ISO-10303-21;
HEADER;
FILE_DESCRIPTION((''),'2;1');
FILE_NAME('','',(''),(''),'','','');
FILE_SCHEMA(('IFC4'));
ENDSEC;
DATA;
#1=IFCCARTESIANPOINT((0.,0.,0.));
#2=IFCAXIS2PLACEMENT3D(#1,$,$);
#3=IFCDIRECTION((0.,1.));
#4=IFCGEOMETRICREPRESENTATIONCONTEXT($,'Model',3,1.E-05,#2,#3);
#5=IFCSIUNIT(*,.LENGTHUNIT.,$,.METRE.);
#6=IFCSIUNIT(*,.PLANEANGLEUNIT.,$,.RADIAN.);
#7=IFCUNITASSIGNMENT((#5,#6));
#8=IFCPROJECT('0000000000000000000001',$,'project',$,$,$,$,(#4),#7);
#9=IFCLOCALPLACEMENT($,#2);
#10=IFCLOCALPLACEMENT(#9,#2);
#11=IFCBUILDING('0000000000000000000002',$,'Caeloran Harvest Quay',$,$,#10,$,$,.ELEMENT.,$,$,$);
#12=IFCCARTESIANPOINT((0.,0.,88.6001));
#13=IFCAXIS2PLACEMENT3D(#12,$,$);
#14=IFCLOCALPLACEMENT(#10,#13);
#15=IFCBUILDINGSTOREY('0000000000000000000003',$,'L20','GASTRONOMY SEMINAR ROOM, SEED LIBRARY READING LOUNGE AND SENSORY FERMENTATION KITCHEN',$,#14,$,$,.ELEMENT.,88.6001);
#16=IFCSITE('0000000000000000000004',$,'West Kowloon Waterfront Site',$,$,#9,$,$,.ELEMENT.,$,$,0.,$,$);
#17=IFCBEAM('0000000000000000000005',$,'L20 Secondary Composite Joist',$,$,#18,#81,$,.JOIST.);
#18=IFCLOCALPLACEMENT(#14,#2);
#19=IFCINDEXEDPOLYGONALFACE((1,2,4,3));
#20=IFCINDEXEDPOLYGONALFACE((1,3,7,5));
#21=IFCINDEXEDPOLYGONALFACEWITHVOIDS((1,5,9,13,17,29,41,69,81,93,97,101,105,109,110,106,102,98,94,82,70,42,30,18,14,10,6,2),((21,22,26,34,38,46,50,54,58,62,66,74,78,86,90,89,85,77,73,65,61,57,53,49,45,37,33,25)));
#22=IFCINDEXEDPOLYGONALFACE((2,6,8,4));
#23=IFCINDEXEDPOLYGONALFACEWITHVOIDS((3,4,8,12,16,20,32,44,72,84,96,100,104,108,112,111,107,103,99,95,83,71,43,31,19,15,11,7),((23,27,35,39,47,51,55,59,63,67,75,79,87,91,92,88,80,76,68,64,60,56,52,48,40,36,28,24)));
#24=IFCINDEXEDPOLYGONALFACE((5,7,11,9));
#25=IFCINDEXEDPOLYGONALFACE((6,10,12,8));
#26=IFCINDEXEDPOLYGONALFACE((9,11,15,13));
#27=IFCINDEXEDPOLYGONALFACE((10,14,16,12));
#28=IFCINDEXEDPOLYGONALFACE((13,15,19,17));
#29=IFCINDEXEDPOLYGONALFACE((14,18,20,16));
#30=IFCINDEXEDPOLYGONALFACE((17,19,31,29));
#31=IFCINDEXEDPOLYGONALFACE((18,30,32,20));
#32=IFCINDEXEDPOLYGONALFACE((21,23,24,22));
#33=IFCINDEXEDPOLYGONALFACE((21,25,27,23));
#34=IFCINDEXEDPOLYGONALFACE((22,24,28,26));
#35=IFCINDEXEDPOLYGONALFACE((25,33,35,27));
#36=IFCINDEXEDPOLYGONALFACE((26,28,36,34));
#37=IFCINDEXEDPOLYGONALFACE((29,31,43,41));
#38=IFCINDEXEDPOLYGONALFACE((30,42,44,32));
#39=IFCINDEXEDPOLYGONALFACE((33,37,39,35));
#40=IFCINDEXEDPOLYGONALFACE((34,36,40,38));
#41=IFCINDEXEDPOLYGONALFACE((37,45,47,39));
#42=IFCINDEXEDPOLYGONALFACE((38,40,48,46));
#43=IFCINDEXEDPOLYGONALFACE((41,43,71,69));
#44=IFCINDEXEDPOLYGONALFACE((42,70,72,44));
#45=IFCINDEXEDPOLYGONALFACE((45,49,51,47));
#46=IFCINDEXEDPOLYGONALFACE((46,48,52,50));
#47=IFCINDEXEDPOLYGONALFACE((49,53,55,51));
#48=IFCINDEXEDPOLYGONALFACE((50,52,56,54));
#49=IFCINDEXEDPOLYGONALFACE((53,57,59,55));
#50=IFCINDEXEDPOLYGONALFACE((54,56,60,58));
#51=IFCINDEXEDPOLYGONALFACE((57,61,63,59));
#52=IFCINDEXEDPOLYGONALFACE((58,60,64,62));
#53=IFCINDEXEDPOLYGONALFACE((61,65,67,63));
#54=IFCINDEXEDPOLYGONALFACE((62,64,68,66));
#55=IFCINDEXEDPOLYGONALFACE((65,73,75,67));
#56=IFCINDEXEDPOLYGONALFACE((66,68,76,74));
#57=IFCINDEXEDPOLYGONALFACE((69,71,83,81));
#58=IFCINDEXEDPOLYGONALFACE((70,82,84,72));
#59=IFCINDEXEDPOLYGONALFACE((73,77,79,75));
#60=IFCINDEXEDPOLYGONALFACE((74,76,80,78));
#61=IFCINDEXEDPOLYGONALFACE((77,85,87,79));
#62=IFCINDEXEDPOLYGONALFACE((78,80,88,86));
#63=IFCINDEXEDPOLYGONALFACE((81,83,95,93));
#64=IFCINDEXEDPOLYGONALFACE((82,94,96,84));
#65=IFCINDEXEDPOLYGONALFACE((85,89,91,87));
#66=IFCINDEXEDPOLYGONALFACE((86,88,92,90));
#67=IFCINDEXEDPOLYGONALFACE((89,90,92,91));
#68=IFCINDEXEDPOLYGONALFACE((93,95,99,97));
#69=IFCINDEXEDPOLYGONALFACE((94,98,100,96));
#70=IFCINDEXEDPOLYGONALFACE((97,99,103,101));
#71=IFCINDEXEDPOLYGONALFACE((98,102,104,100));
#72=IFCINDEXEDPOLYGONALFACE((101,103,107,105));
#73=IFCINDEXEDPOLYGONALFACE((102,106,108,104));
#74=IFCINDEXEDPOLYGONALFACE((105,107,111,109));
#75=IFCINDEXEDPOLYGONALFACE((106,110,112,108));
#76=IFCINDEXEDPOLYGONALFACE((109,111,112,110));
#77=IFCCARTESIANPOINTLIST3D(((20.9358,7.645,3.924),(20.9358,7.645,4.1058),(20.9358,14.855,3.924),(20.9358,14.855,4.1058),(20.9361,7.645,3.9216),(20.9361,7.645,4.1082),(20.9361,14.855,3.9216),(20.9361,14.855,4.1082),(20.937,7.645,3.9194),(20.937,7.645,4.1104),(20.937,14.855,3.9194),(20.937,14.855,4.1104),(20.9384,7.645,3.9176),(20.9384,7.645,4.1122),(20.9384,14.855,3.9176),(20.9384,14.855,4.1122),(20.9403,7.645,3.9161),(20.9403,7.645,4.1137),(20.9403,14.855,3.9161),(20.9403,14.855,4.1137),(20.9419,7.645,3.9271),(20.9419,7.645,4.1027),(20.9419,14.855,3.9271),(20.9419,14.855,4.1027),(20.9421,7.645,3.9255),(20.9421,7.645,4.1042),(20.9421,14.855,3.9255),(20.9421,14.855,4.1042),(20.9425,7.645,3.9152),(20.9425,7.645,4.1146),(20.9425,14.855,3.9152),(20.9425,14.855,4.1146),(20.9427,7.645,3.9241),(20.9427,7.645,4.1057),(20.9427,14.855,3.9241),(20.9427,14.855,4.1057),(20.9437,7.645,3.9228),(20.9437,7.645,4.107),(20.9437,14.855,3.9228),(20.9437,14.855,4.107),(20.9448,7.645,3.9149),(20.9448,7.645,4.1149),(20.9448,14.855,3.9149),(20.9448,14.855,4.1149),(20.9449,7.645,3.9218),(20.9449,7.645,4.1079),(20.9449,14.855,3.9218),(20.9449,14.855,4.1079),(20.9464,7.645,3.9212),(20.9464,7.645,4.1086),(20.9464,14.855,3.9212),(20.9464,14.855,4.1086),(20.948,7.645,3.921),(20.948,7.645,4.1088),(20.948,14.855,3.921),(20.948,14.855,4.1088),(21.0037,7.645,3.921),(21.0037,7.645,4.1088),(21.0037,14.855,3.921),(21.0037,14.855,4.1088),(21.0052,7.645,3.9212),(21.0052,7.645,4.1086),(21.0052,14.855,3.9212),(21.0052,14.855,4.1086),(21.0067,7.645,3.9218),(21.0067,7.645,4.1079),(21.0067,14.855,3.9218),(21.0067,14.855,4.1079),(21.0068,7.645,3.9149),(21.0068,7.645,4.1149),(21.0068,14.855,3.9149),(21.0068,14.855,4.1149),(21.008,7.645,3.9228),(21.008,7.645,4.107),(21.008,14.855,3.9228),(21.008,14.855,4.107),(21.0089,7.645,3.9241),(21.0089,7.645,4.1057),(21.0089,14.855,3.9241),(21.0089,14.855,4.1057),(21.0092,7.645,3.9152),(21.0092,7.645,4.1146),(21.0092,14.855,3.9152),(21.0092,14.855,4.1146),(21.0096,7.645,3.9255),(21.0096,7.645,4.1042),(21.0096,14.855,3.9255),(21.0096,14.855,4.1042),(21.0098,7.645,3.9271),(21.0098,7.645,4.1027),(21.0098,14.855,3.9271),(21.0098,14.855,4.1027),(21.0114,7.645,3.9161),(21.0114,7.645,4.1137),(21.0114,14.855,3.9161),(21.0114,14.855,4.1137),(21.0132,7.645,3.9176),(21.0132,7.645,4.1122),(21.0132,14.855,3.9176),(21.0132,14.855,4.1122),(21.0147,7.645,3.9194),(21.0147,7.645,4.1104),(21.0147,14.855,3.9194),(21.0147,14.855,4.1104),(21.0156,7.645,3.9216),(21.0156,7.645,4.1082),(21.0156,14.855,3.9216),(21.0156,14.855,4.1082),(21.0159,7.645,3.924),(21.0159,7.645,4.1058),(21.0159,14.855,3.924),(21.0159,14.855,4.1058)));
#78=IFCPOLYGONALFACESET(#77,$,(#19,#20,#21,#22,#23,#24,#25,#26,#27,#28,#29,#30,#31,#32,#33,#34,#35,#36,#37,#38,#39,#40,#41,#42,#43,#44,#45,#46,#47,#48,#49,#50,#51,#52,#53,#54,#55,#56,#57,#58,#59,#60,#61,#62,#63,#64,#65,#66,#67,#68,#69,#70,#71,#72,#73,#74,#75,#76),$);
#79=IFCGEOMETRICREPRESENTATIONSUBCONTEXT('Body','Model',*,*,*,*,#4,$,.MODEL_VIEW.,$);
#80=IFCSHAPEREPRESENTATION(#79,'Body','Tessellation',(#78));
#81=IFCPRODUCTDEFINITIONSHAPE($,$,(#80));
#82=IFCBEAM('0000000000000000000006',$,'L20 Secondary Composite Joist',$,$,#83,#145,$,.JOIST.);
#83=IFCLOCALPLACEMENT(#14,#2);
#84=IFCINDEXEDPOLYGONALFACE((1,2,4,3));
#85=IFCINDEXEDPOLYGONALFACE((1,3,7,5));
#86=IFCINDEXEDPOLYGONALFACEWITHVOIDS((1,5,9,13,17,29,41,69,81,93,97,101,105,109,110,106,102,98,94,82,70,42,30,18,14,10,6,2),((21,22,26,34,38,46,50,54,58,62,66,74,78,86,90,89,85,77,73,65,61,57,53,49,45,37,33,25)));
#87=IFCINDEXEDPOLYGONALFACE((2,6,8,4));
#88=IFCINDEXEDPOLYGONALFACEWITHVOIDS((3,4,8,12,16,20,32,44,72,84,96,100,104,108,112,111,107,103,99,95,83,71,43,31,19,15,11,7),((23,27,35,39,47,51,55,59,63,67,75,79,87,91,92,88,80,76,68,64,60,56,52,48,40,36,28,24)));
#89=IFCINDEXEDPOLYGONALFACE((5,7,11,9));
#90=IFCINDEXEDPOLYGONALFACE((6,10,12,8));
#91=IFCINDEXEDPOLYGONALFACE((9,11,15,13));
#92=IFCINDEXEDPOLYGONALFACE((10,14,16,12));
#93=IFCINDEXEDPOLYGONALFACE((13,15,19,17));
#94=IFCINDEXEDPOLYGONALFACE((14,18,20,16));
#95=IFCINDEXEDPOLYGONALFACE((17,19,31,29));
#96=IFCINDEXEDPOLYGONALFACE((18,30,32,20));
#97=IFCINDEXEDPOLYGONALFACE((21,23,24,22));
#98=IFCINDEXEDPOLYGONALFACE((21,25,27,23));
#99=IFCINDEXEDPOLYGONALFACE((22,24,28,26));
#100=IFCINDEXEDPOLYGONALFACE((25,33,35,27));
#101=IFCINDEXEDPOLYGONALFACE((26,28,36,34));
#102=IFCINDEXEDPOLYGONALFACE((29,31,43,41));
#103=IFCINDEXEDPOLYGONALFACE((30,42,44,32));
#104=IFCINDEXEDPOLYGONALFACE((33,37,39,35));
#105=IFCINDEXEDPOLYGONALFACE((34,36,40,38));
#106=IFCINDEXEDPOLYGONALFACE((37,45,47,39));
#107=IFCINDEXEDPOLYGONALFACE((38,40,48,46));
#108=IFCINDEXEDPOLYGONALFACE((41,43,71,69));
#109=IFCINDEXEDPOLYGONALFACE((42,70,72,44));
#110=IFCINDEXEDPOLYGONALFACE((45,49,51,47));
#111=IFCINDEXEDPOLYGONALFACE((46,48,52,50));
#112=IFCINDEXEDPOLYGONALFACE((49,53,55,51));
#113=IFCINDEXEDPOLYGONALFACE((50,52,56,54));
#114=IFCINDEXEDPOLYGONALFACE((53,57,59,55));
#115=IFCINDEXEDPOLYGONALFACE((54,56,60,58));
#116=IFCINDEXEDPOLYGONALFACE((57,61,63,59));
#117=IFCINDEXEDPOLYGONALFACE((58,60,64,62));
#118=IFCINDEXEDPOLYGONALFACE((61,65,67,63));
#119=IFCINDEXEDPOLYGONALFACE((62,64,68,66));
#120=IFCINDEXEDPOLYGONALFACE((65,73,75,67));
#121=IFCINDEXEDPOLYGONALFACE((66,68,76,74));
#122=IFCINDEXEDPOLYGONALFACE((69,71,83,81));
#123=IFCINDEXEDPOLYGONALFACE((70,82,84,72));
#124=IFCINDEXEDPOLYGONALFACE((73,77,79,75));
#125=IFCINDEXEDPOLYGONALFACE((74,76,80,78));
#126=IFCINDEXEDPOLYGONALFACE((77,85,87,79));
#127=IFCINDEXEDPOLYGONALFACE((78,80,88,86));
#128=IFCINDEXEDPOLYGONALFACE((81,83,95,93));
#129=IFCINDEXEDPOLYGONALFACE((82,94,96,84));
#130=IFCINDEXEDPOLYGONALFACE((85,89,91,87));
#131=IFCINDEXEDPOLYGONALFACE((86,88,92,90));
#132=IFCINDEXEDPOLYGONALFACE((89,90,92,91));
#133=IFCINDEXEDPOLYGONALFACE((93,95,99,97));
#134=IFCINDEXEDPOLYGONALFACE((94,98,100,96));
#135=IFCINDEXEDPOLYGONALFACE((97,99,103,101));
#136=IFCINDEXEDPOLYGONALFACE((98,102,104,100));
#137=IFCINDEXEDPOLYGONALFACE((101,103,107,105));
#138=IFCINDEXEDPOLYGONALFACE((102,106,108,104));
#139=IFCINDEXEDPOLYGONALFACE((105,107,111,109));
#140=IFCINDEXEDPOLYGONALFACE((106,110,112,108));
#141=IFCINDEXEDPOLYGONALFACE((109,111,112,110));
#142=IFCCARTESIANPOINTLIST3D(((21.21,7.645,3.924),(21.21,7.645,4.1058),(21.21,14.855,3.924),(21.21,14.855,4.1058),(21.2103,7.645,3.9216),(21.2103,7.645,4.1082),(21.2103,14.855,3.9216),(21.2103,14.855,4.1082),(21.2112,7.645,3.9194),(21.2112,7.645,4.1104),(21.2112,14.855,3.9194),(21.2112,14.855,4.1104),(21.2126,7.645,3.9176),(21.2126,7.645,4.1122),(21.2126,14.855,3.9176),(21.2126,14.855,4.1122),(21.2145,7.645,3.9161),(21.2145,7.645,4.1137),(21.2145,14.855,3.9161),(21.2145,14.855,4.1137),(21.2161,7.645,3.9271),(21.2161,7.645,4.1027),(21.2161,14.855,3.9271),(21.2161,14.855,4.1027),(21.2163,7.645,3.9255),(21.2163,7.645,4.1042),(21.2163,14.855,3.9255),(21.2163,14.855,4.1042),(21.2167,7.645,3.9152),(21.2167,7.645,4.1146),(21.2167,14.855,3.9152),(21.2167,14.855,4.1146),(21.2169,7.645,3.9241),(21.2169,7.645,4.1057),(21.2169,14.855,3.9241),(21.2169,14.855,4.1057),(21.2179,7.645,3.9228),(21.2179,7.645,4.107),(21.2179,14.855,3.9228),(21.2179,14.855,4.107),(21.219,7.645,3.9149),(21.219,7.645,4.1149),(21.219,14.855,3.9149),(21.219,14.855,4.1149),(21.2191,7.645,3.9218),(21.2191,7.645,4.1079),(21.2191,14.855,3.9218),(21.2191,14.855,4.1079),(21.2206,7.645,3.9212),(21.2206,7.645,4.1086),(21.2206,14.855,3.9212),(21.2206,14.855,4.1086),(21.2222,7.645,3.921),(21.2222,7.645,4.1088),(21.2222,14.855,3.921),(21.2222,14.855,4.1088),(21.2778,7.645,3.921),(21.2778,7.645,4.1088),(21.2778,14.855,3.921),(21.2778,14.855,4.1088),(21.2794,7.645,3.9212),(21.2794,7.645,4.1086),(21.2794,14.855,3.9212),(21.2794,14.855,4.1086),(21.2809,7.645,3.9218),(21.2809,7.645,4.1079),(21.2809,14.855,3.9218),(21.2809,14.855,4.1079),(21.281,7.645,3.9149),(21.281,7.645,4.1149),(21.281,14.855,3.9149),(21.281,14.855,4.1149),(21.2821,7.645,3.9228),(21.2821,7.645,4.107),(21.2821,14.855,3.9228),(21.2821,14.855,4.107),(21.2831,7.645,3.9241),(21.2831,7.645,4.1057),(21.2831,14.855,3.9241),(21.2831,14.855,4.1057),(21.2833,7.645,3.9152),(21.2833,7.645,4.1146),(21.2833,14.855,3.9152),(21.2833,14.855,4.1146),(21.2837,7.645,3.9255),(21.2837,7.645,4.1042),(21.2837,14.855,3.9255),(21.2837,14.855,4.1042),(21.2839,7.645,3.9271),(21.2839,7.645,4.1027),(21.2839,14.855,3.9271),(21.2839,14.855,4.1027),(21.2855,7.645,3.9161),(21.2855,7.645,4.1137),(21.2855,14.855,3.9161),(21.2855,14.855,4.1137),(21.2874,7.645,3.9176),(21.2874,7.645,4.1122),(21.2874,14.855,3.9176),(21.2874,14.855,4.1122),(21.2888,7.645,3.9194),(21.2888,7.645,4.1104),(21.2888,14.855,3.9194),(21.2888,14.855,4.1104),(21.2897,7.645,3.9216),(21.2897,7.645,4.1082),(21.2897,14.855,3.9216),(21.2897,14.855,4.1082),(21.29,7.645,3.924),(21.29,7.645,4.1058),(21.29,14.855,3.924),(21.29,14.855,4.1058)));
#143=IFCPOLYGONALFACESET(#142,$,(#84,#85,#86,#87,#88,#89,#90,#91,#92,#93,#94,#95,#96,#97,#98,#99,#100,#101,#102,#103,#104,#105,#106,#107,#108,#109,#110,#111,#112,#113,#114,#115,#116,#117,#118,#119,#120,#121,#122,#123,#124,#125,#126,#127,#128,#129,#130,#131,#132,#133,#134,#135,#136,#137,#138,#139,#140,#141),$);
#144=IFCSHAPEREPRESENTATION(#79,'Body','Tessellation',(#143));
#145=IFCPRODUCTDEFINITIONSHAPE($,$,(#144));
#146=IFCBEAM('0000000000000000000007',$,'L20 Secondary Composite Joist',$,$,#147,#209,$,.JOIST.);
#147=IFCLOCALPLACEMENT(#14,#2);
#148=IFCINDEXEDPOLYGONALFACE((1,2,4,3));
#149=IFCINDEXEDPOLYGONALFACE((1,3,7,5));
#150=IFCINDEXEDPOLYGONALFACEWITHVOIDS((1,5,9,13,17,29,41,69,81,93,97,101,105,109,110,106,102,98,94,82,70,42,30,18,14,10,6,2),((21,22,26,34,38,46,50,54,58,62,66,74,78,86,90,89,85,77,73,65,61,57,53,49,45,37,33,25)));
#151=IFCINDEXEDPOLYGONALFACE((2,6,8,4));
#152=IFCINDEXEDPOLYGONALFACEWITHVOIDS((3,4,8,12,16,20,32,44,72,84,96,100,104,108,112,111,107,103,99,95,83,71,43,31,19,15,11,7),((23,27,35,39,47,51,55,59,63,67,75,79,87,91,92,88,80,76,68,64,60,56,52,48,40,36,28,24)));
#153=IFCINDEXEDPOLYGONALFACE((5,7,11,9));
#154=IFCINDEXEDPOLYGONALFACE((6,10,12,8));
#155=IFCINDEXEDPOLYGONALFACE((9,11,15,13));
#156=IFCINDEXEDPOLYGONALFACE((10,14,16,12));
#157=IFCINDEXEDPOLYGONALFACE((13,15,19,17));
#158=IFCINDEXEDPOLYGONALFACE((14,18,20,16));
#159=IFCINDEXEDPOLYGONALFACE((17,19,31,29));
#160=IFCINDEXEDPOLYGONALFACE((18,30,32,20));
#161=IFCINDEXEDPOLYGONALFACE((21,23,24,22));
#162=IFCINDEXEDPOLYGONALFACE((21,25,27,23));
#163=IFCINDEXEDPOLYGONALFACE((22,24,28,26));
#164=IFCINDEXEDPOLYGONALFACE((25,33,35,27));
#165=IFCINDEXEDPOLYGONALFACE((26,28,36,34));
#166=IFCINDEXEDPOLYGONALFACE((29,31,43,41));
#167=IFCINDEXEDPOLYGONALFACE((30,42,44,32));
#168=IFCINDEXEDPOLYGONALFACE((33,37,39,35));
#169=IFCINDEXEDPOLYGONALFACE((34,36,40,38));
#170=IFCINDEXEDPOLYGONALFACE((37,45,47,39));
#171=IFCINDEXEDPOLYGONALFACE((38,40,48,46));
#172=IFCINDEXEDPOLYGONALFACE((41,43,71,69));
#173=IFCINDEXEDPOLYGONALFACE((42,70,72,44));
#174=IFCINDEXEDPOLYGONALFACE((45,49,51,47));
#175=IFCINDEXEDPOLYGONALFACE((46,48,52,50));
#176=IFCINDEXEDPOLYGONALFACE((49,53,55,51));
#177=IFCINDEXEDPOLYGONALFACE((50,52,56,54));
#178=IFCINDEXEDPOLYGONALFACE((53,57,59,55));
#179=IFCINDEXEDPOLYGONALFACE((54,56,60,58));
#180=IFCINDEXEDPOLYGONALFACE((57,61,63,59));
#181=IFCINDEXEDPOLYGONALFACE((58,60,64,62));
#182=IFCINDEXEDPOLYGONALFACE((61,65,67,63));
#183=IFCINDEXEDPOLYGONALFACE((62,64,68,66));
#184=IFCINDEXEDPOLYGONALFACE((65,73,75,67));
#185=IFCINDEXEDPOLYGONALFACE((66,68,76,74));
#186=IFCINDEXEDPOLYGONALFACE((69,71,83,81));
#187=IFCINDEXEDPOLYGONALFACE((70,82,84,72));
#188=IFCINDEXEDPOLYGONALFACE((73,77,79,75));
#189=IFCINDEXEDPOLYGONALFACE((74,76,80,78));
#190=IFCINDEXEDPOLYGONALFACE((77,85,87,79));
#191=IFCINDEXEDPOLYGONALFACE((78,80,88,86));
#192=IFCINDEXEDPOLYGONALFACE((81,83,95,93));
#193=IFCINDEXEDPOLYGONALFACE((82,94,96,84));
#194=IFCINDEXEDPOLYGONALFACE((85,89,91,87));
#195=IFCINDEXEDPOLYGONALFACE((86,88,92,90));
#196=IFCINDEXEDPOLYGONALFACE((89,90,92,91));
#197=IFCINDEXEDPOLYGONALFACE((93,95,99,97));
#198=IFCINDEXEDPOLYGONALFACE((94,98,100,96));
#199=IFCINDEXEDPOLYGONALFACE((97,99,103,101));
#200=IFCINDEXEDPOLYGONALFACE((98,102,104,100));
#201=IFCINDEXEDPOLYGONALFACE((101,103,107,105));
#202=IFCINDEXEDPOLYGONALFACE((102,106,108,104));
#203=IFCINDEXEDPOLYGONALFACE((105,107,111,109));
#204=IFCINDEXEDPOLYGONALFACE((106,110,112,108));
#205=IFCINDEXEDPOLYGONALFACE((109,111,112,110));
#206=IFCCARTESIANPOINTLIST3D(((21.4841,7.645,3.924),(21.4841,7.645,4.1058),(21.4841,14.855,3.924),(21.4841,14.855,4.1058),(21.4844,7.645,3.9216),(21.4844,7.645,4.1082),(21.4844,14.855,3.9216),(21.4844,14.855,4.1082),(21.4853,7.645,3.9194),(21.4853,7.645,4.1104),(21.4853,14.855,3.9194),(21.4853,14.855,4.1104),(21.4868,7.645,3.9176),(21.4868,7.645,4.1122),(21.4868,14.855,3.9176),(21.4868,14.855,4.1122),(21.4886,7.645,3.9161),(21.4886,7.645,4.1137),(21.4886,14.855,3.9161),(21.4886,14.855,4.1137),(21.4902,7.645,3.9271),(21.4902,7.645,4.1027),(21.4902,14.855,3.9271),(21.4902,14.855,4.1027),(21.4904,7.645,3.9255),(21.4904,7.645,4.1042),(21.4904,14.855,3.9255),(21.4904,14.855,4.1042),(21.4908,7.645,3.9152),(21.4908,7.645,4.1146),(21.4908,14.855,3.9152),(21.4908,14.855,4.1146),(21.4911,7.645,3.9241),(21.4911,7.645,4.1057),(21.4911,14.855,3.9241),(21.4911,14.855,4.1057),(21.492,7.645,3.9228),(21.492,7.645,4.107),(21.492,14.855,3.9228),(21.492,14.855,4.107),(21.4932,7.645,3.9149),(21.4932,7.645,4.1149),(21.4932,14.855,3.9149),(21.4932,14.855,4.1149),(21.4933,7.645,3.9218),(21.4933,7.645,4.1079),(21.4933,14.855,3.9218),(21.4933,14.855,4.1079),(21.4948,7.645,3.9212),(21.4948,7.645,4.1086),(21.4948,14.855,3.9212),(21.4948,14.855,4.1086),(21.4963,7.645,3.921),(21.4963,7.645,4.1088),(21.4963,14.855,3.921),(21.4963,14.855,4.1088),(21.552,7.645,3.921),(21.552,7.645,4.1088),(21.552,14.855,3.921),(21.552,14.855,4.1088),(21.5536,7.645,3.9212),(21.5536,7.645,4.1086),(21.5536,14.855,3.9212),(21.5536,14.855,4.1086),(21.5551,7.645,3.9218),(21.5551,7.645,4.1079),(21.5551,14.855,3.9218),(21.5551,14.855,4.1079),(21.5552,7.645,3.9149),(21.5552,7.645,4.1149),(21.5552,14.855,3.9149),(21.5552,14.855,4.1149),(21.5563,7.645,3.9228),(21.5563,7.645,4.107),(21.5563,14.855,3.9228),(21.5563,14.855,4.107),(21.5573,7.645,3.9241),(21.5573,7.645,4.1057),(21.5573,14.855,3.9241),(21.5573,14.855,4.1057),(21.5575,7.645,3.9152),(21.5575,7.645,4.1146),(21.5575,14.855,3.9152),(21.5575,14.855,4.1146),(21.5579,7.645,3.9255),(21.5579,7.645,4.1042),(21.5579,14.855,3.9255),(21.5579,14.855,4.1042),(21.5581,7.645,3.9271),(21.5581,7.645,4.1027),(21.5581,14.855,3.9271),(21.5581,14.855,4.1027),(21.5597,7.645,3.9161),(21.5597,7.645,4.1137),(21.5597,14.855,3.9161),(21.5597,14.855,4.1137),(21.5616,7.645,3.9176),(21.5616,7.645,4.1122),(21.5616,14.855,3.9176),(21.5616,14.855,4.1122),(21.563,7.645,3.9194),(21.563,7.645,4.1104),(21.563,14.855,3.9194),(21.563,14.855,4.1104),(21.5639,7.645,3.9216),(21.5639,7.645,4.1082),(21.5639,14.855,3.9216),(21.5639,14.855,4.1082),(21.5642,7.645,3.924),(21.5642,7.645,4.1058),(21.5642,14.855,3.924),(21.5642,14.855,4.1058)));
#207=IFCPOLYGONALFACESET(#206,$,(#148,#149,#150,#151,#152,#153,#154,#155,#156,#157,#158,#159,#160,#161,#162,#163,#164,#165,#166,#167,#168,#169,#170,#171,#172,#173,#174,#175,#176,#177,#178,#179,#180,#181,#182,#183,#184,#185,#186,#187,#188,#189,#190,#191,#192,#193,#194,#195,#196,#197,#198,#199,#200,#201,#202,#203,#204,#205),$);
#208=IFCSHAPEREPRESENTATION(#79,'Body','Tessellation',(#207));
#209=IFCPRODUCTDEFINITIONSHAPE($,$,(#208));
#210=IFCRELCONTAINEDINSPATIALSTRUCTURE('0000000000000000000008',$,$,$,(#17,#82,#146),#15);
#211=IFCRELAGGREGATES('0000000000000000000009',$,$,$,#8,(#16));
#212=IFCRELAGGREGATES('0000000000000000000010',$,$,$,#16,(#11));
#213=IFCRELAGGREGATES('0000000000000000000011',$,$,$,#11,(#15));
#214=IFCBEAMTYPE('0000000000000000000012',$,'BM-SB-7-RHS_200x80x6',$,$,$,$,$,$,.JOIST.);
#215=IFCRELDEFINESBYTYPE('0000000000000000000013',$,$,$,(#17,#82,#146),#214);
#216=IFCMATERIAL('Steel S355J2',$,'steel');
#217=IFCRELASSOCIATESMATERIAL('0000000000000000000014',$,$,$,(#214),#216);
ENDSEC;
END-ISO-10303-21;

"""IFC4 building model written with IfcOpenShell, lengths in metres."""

from ifc_helpers import new_model, si_unit, direction, frame, origin, origin_2d, place, context, subcontext, project, spatial, hollow_rectangle, extrude, material, material_profile, profile_set, type_object, element, save


model = new_model("IFC4")

# Units and contexts
model_context = context("Model", 3, precision=1e-05, world=origin(), true_north=direction((0.0, 1.0)))
body_context = subcontext(model_context, "Body", "Model", "MODEL_VIEW")
ifc_project = project(units=[si_unit("LENGTHUNIT", "METRE"), si_unit("PLANEANGLEUNIT", "RADIAN")], contexts=[model_context])

# Site, building, storey
site_placement = place(None, origin())
site = spatial("IfcSite", under=ifc_project, at=site_placement, Name="West Kowloon Waterfront Site", CompositionType="ELEMENT", RefElevation=0.0)
building_placement = place(site_placement, origin())
building = spatial("IfcBuilding", under=site, at=building_placement, Name="Caeloran Harvest Quay", CompositionType="ELEMENT")
storey_placement = place(building_placement, frame((0.0, 0.0, 88.6001)))
storey = spatial("IfcBuildingStorey", under=building, at=storey_placement, Name="L20", Description="GASTRONOMY SEMINAR ROOM, SEED LIBRARY READING LOUNGE AND SENSORY FERMENTATION KITCHEN", CompositionType="ELEMENT", Elevation=88.6001)

# Beams
ifc_material_1 = material(Name="Steel S355J2", Category="steel")
ifc_material_profile_1 = material_profile(ifc_material_1, hollow_rectangle(XDim=0.0801, YDim=0.2, WallThickness=0.0061, InnerFilletRadius=0.0061, OuterFilletRadius=0.009, at=origin_2d()), Name="RHS 200x80x6")
ifc_profile_set_1 = profile_set([ifc_material_profile_1], Name="Steel S355J2")
beam_type_1 = type_object("IfcBeamType", Name="BM-SB-7-RHS_200x80x6", PredefinedType="JOIST", material=ifc_profile_set_1)
for number, where, z_axis, x_axis, name in (
    (1, (20.9758, 7.645, 4.0149), (0.0, 1.0, 0.0), (-1.0, 0.0, 0.0), "L20 Secondary Composite Joist"),
    (2, (21.25, 7.645, 4.0149), (0.0, 1.0, 0.0), (-1.0, 0.0, 0.0), "L20 Secondary Composite Joist"),
    (3, (21.5242, 7.645, 4.0149), (0.0, 1.0, 0.0), (-1.0, 0.0, 0.0), "L20 Secondary Composite Joist"),
):
    element("IfcBeam", number, at=place(storey_placement, frame(where, z_axis=z_axis, x_axis=x_axis)), inside=storey, type_object=beam_type_1, Name=name, PredefinedType="JOIST", context=body_context, shape_type="SweptSolid", body=[
        extrude(hollow_rectangle(XDim=0.0801, YDim=0.2, WallThickness=0.0061, InnerFilletRadius=0.0061, OuterFilletRadius=0.009, at=origin_2d()), origin(), (0.0, 0.0, 1.0), 7.21),
    ])

save(model, "model.ifc")
